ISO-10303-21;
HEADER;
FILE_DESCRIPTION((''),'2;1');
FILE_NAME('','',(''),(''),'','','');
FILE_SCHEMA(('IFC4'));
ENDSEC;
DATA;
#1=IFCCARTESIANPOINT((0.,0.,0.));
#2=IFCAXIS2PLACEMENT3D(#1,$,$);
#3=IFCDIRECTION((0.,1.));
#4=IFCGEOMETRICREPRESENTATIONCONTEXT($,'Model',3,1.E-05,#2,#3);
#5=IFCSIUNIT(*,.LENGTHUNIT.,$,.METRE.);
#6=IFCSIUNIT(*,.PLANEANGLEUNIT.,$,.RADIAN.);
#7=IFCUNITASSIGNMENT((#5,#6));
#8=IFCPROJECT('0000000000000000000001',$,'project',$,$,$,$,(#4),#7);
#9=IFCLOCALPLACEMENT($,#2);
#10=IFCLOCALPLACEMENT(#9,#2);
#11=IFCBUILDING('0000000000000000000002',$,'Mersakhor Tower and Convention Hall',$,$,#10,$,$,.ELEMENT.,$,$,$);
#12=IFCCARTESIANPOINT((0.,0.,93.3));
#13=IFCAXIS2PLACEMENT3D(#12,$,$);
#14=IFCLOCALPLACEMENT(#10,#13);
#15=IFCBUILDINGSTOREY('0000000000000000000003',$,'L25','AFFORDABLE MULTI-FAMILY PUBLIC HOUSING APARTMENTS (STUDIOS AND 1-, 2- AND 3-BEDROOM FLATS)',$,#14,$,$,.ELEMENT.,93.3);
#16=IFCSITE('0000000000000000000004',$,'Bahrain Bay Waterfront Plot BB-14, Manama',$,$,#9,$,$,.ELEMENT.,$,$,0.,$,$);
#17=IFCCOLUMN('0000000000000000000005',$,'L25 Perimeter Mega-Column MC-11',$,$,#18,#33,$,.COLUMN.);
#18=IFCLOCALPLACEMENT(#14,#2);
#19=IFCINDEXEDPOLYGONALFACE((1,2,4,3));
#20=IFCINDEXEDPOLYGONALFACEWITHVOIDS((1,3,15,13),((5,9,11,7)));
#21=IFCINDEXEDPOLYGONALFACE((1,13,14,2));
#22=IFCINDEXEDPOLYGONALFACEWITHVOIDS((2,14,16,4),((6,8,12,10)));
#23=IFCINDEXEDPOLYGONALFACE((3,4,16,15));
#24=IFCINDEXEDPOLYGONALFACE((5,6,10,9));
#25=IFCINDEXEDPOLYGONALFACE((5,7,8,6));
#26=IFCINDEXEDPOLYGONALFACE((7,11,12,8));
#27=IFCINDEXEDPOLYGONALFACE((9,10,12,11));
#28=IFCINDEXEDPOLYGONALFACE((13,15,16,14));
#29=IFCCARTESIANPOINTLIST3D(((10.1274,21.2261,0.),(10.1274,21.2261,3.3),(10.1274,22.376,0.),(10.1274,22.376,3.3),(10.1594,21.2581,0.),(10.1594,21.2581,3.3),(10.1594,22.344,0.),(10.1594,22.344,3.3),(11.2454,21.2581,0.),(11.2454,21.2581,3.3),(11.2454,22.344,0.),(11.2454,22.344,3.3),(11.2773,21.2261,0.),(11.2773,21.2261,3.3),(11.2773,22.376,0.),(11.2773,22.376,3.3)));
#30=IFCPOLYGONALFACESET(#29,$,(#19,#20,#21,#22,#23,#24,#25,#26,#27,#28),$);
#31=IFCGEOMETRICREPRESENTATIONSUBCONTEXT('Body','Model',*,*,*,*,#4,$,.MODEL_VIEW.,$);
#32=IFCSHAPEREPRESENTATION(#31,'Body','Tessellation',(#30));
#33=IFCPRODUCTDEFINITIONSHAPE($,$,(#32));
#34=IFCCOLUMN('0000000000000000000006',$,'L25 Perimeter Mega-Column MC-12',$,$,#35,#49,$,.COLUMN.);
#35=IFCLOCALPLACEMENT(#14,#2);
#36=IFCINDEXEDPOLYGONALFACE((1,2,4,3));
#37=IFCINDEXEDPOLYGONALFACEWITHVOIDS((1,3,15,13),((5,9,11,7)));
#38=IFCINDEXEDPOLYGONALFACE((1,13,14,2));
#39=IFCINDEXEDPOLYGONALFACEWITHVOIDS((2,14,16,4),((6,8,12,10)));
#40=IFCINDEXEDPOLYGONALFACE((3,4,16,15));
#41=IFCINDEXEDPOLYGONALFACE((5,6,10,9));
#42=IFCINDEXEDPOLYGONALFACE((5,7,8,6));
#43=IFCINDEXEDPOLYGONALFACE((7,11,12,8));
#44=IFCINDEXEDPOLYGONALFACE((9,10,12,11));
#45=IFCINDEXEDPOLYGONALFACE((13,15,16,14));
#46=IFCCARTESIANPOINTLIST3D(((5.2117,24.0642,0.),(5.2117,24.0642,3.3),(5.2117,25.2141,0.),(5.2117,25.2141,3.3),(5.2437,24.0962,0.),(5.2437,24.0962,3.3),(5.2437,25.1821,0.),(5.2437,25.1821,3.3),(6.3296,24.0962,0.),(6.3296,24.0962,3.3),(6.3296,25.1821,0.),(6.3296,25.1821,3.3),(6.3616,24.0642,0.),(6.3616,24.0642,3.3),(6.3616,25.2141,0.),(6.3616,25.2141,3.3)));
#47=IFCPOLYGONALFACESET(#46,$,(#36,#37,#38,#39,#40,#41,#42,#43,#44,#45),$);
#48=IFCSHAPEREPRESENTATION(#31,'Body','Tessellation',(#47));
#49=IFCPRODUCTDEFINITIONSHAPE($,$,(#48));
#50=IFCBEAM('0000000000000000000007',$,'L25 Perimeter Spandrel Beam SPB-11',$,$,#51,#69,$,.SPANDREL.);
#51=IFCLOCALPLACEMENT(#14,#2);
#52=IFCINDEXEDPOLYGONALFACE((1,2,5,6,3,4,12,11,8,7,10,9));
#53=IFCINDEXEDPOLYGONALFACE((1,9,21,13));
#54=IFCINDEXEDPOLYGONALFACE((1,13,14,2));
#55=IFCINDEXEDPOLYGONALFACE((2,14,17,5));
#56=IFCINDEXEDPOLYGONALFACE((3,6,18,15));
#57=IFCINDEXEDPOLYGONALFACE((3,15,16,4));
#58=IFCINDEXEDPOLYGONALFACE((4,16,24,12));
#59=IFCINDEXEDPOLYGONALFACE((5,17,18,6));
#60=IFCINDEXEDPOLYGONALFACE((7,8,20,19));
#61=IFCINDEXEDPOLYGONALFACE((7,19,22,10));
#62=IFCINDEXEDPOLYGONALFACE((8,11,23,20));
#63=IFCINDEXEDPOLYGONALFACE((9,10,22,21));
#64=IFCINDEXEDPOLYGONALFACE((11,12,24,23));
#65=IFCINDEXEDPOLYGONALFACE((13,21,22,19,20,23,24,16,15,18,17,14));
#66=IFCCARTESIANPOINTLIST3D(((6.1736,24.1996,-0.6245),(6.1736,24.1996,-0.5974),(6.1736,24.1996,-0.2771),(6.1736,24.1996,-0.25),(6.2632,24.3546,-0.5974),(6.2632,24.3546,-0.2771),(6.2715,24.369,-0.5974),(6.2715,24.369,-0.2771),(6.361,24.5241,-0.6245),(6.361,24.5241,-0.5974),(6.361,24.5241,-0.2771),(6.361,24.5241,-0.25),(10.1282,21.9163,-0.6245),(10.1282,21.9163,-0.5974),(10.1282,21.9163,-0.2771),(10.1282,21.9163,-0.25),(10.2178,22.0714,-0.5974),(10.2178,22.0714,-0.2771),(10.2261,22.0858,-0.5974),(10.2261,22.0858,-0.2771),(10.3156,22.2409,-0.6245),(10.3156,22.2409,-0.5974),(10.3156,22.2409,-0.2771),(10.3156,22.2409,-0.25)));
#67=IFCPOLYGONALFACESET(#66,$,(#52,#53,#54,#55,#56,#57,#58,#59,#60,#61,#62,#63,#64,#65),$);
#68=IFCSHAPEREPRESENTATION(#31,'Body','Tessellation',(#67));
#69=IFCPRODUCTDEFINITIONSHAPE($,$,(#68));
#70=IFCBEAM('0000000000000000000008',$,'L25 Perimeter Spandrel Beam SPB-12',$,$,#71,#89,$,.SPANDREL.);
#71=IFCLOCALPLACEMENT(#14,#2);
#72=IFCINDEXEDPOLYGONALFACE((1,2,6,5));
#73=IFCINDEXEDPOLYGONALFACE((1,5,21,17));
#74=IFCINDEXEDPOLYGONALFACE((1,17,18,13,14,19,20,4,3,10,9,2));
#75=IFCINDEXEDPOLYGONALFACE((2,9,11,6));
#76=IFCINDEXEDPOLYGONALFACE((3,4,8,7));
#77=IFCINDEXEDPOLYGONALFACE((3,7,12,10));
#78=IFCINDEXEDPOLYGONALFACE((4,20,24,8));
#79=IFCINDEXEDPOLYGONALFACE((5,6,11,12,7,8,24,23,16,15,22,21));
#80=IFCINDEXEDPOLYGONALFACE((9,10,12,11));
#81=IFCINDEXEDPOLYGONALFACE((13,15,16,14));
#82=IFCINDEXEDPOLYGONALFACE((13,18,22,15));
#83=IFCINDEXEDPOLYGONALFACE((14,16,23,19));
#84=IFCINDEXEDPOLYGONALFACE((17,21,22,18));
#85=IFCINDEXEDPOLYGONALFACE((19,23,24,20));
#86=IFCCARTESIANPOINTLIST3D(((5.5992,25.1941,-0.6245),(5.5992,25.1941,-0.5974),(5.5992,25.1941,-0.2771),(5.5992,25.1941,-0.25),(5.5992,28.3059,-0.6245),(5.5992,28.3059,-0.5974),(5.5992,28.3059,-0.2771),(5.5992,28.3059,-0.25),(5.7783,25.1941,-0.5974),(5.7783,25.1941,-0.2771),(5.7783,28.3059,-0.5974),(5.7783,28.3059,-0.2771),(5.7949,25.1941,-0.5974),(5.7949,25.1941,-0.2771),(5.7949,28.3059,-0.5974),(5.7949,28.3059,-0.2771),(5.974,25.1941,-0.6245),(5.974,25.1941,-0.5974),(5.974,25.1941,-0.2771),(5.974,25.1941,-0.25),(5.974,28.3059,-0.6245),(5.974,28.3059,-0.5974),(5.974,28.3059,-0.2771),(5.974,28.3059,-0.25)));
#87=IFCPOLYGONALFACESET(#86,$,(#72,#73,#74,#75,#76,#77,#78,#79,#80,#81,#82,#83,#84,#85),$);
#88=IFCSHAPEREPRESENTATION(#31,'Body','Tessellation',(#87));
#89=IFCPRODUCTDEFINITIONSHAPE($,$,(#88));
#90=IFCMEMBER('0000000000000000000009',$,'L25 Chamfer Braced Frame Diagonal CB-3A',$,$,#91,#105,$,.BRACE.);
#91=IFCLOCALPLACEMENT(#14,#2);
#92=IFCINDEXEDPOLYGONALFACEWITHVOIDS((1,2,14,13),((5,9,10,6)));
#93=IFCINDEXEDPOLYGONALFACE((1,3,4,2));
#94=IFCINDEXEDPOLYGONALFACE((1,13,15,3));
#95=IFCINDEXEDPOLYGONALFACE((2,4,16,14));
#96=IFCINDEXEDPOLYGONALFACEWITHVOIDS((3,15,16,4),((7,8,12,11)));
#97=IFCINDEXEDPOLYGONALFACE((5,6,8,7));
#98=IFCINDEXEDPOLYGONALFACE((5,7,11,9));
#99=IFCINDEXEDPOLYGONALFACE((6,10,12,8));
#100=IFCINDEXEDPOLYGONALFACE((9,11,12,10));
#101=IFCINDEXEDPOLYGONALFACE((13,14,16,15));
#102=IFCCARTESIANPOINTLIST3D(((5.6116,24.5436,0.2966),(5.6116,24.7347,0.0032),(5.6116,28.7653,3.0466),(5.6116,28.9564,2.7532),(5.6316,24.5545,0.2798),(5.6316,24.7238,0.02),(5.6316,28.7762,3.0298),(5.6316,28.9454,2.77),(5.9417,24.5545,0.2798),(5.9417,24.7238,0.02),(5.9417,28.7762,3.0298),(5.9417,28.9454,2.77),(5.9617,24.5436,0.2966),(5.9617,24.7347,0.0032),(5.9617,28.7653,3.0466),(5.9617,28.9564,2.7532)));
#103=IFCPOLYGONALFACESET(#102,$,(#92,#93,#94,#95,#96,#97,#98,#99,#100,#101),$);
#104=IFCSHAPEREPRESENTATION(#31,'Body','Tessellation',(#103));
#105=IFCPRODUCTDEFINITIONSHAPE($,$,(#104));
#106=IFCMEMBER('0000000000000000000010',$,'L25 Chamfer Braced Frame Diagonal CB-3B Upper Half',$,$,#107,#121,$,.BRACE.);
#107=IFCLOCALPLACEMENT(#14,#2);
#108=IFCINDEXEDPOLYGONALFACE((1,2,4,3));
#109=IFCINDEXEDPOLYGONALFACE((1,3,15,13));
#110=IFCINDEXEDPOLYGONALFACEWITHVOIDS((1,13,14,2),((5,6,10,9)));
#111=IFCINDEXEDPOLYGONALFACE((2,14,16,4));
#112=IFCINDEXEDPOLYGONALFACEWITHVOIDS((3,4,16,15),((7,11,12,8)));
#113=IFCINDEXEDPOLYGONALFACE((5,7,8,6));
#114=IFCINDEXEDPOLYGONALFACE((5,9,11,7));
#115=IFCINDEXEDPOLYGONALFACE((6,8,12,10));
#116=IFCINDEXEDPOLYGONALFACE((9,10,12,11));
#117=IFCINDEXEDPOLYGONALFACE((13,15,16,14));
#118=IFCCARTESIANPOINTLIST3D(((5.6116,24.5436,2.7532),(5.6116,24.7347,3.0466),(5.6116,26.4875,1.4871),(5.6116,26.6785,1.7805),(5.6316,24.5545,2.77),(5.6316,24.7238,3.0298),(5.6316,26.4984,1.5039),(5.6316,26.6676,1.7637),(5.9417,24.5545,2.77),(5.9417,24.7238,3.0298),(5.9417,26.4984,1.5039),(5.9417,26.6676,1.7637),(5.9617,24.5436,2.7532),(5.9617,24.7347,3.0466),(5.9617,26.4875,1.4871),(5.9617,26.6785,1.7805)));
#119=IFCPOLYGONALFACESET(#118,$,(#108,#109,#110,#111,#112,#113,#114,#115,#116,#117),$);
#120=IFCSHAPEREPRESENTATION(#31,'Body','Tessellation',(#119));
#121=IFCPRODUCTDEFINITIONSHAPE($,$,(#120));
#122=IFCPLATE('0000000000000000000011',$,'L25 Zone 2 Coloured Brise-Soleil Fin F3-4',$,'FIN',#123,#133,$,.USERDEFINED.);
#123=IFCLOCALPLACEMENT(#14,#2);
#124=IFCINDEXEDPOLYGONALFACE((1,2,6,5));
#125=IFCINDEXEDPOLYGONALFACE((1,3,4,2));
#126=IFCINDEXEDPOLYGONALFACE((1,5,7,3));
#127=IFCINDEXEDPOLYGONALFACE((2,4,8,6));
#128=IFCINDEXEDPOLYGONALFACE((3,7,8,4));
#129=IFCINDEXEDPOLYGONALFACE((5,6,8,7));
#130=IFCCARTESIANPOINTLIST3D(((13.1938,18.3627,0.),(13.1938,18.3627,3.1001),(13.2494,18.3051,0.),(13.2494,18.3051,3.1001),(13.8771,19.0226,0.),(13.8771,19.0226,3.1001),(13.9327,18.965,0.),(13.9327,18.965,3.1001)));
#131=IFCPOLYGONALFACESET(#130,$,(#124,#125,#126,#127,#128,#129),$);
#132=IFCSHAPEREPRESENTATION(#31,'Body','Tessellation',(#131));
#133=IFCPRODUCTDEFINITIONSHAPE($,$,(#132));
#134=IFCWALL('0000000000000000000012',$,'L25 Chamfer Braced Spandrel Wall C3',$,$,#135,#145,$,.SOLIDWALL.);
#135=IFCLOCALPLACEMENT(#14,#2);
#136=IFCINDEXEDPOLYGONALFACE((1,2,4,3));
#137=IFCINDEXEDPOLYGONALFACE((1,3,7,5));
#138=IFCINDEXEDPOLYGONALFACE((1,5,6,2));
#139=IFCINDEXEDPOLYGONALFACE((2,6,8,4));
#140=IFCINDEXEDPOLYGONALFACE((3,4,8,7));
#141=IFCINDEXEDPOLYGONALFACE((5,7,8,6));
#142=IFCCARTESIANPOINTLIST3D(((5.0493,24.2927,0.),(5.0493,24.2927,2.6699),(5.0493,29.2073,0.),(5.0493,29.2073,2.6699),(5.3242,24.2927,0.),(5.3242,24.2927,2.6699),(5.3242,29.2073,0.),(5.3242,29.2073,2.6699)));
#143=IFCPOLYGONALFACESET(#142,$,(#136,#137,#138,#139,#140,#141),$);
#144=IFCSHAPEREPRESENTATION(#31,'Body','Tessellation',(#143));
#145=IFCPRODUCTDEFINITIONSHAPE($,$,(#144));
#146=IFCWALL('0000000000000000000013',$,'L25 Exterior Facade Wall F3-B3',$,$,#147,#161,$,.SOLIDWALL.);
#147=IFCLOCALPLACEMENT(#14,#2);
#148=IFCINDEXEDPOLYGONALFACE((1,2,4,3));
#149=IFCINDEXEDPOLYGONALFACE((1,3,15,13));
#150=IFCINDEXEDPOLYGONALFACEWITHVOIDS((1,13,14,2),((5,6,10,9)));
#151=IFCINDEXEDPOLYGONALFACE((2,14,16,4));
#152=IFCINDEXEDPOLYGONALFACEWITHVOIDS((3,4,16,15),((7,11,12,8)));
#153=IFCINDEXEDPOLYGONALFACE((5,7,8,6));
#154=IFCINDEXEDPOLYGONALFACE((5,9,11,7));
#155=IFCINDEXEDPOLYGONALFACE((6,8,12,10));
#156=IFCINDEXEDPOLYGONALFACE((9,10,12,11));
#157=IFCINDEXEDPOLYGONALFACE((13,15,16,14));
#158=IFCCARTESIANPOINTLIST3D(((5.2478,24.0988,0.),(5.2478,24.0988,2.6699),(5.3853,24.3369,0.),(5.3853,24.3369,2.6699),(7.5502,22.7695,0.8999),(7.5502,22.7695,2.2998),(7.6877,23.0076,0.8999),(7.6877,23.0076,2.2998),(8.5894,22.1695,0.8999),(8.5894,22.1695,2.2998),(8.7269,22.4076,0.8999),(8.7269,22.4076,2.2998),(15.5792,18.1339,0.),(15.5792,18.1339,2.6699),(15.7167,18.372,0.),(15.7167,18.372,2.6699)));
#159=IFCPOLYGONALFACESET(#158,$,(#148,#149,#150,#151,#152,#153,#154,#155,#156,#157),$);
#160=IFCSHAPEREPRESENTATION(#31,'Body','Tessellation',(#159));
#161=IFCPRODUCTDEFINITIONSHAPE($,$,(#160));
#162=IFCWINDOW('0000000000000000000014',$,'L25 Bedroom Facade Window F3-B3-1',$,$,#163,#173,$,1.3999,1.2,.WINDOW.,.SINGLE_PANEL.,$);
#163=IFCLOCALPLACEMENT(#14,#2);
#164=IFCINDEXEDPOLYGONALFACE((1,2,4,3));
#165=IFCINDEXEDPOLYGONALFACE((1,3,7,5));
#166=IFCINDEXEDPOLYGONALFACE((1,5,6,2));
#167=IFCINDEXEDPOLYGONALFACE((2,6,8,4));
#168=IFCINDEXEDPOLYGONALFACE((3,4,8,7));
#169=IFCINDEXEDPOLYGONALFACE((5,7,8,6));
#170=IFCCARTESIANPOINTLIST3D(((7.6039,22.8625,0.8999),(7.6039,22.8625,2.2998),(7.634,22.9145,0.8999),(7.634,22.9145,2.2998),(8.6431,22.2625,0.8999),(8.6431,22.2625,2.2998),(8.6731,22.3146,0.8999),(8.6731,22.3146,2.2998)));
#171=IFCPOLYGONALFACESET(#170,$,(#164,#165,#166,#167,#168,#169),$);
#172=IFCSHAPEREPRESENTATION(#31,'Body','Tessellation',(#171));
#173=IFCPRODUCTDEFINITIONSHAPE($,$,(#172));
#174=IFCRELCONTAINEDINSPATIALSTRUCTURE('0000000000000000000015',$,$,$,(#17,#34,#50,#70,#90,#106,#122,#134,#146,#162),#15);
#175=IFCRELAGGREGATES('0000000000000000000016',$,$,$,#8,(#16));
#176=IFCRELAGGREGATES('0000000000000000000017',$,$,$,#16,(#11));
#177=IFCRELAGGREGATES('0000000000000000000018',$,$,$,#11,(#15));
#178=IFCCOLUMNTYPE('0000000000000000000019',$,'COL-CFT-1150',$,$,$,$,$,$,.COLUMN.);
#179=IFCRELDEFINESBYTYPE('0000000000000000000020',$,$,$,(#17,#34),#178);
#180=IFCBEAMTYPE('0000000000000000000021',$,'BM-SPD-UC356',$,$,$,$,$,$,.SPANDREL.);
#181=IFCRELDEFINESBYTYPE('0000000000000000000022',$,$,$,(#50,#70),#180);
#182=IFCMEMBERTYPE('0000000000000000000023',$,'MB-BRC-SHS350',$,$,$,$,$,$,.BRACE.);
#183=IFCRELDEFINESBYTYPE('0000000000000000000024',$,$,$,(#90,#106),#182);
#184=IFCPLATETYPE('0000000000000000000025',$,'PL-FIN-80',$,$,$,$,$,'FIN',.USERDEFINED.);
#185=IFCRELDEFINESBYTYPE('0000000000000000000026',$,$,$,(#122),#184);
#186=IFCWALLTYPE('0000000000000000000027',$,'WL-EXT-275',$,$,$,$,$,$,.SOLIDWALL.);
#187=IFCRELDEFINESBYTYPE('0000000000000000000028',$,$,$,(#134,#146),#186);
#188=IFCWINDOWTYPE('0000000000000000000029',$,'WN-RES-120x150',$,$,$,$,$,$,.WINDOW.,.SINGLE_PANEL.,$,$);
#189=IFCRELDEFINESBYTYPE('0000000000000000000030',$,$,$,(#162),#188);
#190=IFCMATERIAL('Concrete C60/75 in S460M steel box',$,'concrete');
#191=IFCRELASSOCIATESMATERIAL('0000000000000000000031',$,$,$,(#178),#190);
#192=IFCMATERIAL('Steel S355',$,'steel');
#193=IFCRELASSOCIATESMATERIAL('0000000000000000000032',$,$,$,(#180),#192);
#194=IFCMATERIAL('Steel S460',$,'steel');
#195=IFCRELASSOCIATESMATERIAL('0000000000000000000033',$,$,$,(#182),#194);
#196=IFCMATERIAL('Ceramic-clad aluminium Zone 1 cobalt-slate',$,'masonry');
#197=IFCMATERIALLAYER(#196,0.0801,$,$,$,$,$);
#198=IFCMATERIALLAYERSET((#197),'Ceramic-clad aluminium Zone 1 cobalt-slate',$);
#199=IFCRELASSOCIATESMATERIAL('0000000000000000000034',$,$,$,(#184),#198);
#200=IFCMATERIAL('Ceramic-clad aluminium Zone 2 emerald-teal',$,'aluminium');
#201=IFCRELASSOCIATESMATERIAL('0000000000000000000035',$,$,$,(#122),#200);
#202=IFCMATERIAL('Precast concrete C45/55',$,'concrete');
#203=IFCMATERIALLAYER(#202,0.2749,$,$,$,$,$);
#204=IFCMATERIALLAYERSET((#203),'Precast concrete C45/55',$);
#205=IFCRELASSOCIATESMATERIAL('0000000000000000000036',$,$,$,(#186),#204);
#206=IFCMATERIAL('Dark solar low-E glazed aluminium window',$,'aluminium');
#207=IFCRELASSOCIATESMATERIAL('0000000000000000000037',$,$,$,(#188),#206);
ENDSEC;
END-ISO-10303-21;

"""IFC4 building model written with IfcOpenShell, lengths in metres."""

from ifc_helpers import new_model, si_unit, direction, frame, frame_2d, origin, origin_2d, place, context, subcontext, project, spatial, rectangle, hollow_rectangle, i_section, extrude, material, layer, layer_set, material_profile, profile_set, type_object, element, fill, save


model = new_model("IFC4")

# Units and contexts
model_context = context("Model", 3, precision=1e-05, world=origin(), true_north=direction((0.0, 1.0)))
body_context = subcontext(model_context, "Body", "Model", "MODEL_VIEW")
ifc_project = project(units=[si_unit("LENGTHUNIT", "METRE"), si_unit("PLANEANGLEUNIT", "RADIAN")], contexts=[model_context])

# Site, building, storey
site_placement = place(None, origin())
site = spatial("IfcSite", under=ifc_project, at=site_placement, Name="Bahrain Bay Waterfront Plot BB-14, Manama", CompositionType="ELEMENT", RefElevation=0.0)
building_placement = place(site_placement, origin())
building = spatial("IfcBuilding", under=site, at=building_placement, Name="Mersakhor Tower and Convention Hall", CompositionType="ELEMENT")
storey_placement = place(building_placement, frame((0.0, 0.0, 93.3)))
storey = spatial("IfcBuildingStorey", under=building, at=storey_placement, Name="L25", Description="AFFORDABLE MULTI-FAMILY PUBLIC HOUSING APARTMENTS (STUDIOS AND 1-, 2- AND 3-BEDROOM FLATS)", CompositionType="ELEMENT", Elevation=93.3)

# Columns
ifc_material_1 = material(Name="Concrete C60/75 in S460M steel box", Category="concrete")
ifc_material_profile_1 = material_profile(ifc_material_1, hollow_rectangle(XDim=1.1499, YDim=1.1499, WallThickness=0.032, at=origin_2d()), Name="SHS 1150x1150x32")
ifc_profile_set_1 = profile_set([ifc_material_profile_1], Name="Concrete C60/75 in S460M steel box")
column_type = type_object("IfcColumnType", Name="COL-CFT-1150", PredefinedType="COLUMN", material=ifc_profile_set_1)
for number, where, z_axis, x_axis, name in (
    (1, (10.7024, 21.801, 0.0), (0.0, 0.0, 1.0), (1.0, 0.0, 0.0), "L25 Perimeter Mega-Column MC-11"),
    (2, (5.7866, 24.6392, 0.0), (0.0, 0.0, 1.0), (1.0, 0.0, 0.0), "L25 Perimeter Mega-Column MC-12"),
):
    element("IfcColumn", number, at=place(storey_placement, frame(where, z_axis=z_axis, x_axis=x_axis)), inside=storey, type_object=column_type, Name=name, PredefinedType="COLUMN", context=body_context, shape_type="SweptSolid", body=[
        extrude(hollow_rectangle(XDim=1.1499, YDim=1.1499, WallThickness=0.032, at=origin_2d()), origin(), (0.0, 0.0, 1.0), 3.3),
    ])

# Beams
ifc_material_2 = material(Name="Steel S355", Category="steel")
ifc_material_profile_2 = material_profile(ifc_material_2, i_section(OverallWidth=0.3748, OverallDepth=0.3745, WebThickness=0.0166, FlangeThickness=0.0271, at=origin_2d()), Name="UC 356x368x202")
ifc_profile_set_2 = profile_set([ifc_material_profile_2], Name="Steel S355")
beam_type = type_object("IfcBeamType", Name="BM-SPD-UC356", PredefinedType="SPANDREL", material=ifc_profile_set_2)
beam_1_placement = place(storey_placement, frame((10.2219, 22.0786, -0.4373), z_axis=(-0.866024, 0.500003, 0.0), x_axis=(-0.500003, -0.866024, 0.0)))
element("IfcBeam", 3, at=beam_1_placement, inside=storey, type_object=beam_type, Name="L25 Perimeter Spandrel Beam SPB-11", PredefinedType="SPANDREL", context=body_context, shape_type="SweptSolid", body=[
    extrude(i_section(OverallWidth=0.3748, OverallDepth=0.3745, WebThickness=0.0166, FlangeThickness=0.0271, at=origin_2d()), origin(), (0.0, 0.0, 1.0), 4.5664),
])
beam_2_placement = place(storey_placement, frame((5.7866, 25.1941, -0.4373), z_axis=(0.0, 1.0, 0.0), x_axis=(-1.0, 0.0, 0.0)))
element("IfcBeam", 4, at=beam_2_placement, inside=storey, type_object=beam_type, Name="L25 Perimeter Spandrel Beam SPB-12", PredefinedType="SPANDREL", context=body_context, shape_type="SweptSolid", body=[
    extrude(i_section(OverallWidth=0.3748, OverallDepth=0.3745, WebThickness=0.0166, FlangeThickness=0.0271, at=origin_2d()), origin(), (0.0, 0.0, 1.0), 3.1118),
])

# Members
ifc_material_3 = material(Name="Steel S460", Category="steel")
ifc_material_profile_3 = material_profile(ifc_material_3, hollow_rectangle(XDim=0.3501, YDim=0.3501, WallThickness=0.02, at=origin_2d()), Name="SHS 350x350x20")
ifc_profile_set_3 = profile_set([ifc_material_profile_3], Name="Steel S460")
member_type = type_object("IfcMemberType", Name="MB-BRC-SHS350", PredefinedType="BRACE", material=ifc_profile_set_3)
member_1_placement = place(storey_placement, frame((5.7866, 24.6392, 0.1499), z_axis=(0.0, 0.837907, 0.545812), x_axis=(-1.0, 0.0, 0.0)))
element("IfcMember", 5, at=member_1_placement, inside=storey, type_object=member_type, Name="L25 Chamfer Braced Frame Diagonal CB-3A", PredefinedType="BRACE", context=body_context, shape_type="SweptSolid", body=[
    extrude(hollow_rectangle(XDim=0.3501, YDim=0.3501, WallThickness=0.02, at=origin_2d()), origin(), (0.0, 0.0, 1.0), 5.0383),
])
member_2_placement = place(storey_placement, frame((5.7866, 26.583, 1.6338), z_axis=(0.0, -0.837929, 0.54578), x_axis=(1.0, 0.0, 0.0)))
element("IfcMember", 6, at=member_2_placement, inside=storey, type_object=member_type, Name="L25 Chamfer Braced Frame Diagonal CB-3B Upper Half", PredefinedType="BRACE", context=body_context, shape_type="SweptSolid", body=[
    extrude(hollow_rectangle(XDim=0.3501, YDim=0.3501, WallThickness=0.02, at=origin_2d()), origin(), (0.0, 0.0, 1.0), 2.3198),
])

# Plate
ifc_material_4 = material(Name="Ceramic-clad aluminium Zone 2 emerald-teal", Category="aluminium")
ifc_material_5 = material(Name="Ceramic-clad aluminium Zone 1 cobalt-slate", Category="masonry")
ifc_layer_1 = layer(ifc_material_5, 0.0801)
ifc_layer_set_1 = layer_set([ifc_layer_1], Name="Ceramic-clad aluminium Zone 1 cobalt-slate")
plate_type = type_object("IfcPlateType", Name="PL-FIN-80", ElementType="FIN", PredefinedType="USERDEFINED", material=ifc_layer_set_1)
plate_placement = place(storey_placement, frame((13.5632, 18.6638, 0.0), z_axis=(0.0, 0.0, 1.0), x_axis=(-0.71934, -0.694658, 0.0)))
element("IfcPlate", 7, at=plate_placement, inside=storey, type_object=plate_type, material=ifc_material_4, Name="L25 Zone 2 Coloured Brise-Soleil Fin F3-4", ObjectType="FIN", PredefinedType="USERDEFINED", context=body_context, shape_type="SweptSolid", body=[
    extrude(rectangle(XDim=0.95, YDim=0.0801, at=origin_2d()), origin(), (0.0, 0.0, 1.0), 3.1001),
])

# Wall
ifc_material_6 = material(Name="Precast concrete C45/55", Category="concrete")
ifc_layer_2 = layer(ifc_material_6, 0.2749)
ifc_layer_set_2 = layer_set([ifc_layer_2], Name="Precast concrete C45/55")
wall_type_1 = type_object("IfcWallType", Name="WL-EXT-275", PredefinedType="SOLIDWALL", material=ifc_layer_set_2)
wall_1_placement = place(storey_placement, frame((5.1868, 24.2927, 0.0), z_axis=(0.0, 0.0, 1.0), x_axis=(0.0, 1.0, 0.0)))
element("IfcWall", 8, at=wall_1_placement, inside=storey, type_object=wall_type_1, Name="L25 Chamfer Braced Spandrel Wall C3", PredefinedType="SOLIDWALL", context=body_context, shape_type="SweptSolid", body=[
    extrude(rectangle(XDim=4.9146, YDim=0.2749, at=frame_2d((2.4573, 0.0))), origin(), (0.0, 0.0, 1.0), 2.6699),
])

# Wall, opening, window
wall_2_placement = place(storey_placement, frame((15.6479, 18.2529, 0.0), z_axis=(0.0, 0.0, 1.0), x_axis=(-0.866023, 0.500004, 0.0)))
wall_2 = element("IfcWall", 9, at=wall_2_placement, inside=storey, type_object=wall_type_1, Name="L25 Exterior Facade Wall F3-B3", PredefinedType="SOLIDWALL", context=body_context, shape_type="SweptSolid", body=[
    extrude(rectangle(XDim=11.9297, YDim=0.2749, at=frame_2d((5.9648, 0.0))), origin(), (0.0, 0.0, 1.0), 2.6699),
])
opening_1_placement = place(wall_2_placement, frame((8.071, 0.0, 0.8999)))
opening_1 = element("IfcOpeningElement", 10, at=opening_1_placement, cuts=wall_2, PredefinedType="OPENING", context=body_context, shape_type="SweptSolid", body=[
    extrude(rectangle(XDim=1.2, YDim=1.3999, at=frame_2d((0.6001, 0.7))), frame((0.0, 0.1475, 0.0), z_axis=(0.0, -1.0, 0.0), x_axis=(1.0, 0.0, 0.0)), (0.0, 0.0, 1.0), 0.2949),
])
ifc_material_7 = material(Name="Dark solar low-E glazed aluminium window", Category="aluminium")
window_type = type_object("IfcWindowType", Name="WN-RES-120x150", PartitioningType="SINGLE_PANEL", PredefinedType="WINDOW", material=ifc_material_7)
window_placement = place(opening_1_placement, origin())
window = element("IfcWindow", 11, at=window_placement, inside=storey, type_object=window_type, Name="L25 Bedroom Facade Window F3-B3-1", OverallHeight=1.3999, OverallWidth=1.2, PartitioningType="SINGLE_PANEL", PredefinedType="WINDOW", context=body_context, shape_type="SweptSolid", body=[
    extrude(rectangle(XDim=1.2, YDim=1.3999, at=frame_2d((0.6001, 0.7))), frame((0.0, 0.03, 0.0), z_axis=(0.0, -1.0, 0.0), x_axis=(1.0, 0.0, 0.0)), (0.0, 0.0, 1.0), 0.0601),
])
fill(opening_1, window)

save(model, "model.ifc")
